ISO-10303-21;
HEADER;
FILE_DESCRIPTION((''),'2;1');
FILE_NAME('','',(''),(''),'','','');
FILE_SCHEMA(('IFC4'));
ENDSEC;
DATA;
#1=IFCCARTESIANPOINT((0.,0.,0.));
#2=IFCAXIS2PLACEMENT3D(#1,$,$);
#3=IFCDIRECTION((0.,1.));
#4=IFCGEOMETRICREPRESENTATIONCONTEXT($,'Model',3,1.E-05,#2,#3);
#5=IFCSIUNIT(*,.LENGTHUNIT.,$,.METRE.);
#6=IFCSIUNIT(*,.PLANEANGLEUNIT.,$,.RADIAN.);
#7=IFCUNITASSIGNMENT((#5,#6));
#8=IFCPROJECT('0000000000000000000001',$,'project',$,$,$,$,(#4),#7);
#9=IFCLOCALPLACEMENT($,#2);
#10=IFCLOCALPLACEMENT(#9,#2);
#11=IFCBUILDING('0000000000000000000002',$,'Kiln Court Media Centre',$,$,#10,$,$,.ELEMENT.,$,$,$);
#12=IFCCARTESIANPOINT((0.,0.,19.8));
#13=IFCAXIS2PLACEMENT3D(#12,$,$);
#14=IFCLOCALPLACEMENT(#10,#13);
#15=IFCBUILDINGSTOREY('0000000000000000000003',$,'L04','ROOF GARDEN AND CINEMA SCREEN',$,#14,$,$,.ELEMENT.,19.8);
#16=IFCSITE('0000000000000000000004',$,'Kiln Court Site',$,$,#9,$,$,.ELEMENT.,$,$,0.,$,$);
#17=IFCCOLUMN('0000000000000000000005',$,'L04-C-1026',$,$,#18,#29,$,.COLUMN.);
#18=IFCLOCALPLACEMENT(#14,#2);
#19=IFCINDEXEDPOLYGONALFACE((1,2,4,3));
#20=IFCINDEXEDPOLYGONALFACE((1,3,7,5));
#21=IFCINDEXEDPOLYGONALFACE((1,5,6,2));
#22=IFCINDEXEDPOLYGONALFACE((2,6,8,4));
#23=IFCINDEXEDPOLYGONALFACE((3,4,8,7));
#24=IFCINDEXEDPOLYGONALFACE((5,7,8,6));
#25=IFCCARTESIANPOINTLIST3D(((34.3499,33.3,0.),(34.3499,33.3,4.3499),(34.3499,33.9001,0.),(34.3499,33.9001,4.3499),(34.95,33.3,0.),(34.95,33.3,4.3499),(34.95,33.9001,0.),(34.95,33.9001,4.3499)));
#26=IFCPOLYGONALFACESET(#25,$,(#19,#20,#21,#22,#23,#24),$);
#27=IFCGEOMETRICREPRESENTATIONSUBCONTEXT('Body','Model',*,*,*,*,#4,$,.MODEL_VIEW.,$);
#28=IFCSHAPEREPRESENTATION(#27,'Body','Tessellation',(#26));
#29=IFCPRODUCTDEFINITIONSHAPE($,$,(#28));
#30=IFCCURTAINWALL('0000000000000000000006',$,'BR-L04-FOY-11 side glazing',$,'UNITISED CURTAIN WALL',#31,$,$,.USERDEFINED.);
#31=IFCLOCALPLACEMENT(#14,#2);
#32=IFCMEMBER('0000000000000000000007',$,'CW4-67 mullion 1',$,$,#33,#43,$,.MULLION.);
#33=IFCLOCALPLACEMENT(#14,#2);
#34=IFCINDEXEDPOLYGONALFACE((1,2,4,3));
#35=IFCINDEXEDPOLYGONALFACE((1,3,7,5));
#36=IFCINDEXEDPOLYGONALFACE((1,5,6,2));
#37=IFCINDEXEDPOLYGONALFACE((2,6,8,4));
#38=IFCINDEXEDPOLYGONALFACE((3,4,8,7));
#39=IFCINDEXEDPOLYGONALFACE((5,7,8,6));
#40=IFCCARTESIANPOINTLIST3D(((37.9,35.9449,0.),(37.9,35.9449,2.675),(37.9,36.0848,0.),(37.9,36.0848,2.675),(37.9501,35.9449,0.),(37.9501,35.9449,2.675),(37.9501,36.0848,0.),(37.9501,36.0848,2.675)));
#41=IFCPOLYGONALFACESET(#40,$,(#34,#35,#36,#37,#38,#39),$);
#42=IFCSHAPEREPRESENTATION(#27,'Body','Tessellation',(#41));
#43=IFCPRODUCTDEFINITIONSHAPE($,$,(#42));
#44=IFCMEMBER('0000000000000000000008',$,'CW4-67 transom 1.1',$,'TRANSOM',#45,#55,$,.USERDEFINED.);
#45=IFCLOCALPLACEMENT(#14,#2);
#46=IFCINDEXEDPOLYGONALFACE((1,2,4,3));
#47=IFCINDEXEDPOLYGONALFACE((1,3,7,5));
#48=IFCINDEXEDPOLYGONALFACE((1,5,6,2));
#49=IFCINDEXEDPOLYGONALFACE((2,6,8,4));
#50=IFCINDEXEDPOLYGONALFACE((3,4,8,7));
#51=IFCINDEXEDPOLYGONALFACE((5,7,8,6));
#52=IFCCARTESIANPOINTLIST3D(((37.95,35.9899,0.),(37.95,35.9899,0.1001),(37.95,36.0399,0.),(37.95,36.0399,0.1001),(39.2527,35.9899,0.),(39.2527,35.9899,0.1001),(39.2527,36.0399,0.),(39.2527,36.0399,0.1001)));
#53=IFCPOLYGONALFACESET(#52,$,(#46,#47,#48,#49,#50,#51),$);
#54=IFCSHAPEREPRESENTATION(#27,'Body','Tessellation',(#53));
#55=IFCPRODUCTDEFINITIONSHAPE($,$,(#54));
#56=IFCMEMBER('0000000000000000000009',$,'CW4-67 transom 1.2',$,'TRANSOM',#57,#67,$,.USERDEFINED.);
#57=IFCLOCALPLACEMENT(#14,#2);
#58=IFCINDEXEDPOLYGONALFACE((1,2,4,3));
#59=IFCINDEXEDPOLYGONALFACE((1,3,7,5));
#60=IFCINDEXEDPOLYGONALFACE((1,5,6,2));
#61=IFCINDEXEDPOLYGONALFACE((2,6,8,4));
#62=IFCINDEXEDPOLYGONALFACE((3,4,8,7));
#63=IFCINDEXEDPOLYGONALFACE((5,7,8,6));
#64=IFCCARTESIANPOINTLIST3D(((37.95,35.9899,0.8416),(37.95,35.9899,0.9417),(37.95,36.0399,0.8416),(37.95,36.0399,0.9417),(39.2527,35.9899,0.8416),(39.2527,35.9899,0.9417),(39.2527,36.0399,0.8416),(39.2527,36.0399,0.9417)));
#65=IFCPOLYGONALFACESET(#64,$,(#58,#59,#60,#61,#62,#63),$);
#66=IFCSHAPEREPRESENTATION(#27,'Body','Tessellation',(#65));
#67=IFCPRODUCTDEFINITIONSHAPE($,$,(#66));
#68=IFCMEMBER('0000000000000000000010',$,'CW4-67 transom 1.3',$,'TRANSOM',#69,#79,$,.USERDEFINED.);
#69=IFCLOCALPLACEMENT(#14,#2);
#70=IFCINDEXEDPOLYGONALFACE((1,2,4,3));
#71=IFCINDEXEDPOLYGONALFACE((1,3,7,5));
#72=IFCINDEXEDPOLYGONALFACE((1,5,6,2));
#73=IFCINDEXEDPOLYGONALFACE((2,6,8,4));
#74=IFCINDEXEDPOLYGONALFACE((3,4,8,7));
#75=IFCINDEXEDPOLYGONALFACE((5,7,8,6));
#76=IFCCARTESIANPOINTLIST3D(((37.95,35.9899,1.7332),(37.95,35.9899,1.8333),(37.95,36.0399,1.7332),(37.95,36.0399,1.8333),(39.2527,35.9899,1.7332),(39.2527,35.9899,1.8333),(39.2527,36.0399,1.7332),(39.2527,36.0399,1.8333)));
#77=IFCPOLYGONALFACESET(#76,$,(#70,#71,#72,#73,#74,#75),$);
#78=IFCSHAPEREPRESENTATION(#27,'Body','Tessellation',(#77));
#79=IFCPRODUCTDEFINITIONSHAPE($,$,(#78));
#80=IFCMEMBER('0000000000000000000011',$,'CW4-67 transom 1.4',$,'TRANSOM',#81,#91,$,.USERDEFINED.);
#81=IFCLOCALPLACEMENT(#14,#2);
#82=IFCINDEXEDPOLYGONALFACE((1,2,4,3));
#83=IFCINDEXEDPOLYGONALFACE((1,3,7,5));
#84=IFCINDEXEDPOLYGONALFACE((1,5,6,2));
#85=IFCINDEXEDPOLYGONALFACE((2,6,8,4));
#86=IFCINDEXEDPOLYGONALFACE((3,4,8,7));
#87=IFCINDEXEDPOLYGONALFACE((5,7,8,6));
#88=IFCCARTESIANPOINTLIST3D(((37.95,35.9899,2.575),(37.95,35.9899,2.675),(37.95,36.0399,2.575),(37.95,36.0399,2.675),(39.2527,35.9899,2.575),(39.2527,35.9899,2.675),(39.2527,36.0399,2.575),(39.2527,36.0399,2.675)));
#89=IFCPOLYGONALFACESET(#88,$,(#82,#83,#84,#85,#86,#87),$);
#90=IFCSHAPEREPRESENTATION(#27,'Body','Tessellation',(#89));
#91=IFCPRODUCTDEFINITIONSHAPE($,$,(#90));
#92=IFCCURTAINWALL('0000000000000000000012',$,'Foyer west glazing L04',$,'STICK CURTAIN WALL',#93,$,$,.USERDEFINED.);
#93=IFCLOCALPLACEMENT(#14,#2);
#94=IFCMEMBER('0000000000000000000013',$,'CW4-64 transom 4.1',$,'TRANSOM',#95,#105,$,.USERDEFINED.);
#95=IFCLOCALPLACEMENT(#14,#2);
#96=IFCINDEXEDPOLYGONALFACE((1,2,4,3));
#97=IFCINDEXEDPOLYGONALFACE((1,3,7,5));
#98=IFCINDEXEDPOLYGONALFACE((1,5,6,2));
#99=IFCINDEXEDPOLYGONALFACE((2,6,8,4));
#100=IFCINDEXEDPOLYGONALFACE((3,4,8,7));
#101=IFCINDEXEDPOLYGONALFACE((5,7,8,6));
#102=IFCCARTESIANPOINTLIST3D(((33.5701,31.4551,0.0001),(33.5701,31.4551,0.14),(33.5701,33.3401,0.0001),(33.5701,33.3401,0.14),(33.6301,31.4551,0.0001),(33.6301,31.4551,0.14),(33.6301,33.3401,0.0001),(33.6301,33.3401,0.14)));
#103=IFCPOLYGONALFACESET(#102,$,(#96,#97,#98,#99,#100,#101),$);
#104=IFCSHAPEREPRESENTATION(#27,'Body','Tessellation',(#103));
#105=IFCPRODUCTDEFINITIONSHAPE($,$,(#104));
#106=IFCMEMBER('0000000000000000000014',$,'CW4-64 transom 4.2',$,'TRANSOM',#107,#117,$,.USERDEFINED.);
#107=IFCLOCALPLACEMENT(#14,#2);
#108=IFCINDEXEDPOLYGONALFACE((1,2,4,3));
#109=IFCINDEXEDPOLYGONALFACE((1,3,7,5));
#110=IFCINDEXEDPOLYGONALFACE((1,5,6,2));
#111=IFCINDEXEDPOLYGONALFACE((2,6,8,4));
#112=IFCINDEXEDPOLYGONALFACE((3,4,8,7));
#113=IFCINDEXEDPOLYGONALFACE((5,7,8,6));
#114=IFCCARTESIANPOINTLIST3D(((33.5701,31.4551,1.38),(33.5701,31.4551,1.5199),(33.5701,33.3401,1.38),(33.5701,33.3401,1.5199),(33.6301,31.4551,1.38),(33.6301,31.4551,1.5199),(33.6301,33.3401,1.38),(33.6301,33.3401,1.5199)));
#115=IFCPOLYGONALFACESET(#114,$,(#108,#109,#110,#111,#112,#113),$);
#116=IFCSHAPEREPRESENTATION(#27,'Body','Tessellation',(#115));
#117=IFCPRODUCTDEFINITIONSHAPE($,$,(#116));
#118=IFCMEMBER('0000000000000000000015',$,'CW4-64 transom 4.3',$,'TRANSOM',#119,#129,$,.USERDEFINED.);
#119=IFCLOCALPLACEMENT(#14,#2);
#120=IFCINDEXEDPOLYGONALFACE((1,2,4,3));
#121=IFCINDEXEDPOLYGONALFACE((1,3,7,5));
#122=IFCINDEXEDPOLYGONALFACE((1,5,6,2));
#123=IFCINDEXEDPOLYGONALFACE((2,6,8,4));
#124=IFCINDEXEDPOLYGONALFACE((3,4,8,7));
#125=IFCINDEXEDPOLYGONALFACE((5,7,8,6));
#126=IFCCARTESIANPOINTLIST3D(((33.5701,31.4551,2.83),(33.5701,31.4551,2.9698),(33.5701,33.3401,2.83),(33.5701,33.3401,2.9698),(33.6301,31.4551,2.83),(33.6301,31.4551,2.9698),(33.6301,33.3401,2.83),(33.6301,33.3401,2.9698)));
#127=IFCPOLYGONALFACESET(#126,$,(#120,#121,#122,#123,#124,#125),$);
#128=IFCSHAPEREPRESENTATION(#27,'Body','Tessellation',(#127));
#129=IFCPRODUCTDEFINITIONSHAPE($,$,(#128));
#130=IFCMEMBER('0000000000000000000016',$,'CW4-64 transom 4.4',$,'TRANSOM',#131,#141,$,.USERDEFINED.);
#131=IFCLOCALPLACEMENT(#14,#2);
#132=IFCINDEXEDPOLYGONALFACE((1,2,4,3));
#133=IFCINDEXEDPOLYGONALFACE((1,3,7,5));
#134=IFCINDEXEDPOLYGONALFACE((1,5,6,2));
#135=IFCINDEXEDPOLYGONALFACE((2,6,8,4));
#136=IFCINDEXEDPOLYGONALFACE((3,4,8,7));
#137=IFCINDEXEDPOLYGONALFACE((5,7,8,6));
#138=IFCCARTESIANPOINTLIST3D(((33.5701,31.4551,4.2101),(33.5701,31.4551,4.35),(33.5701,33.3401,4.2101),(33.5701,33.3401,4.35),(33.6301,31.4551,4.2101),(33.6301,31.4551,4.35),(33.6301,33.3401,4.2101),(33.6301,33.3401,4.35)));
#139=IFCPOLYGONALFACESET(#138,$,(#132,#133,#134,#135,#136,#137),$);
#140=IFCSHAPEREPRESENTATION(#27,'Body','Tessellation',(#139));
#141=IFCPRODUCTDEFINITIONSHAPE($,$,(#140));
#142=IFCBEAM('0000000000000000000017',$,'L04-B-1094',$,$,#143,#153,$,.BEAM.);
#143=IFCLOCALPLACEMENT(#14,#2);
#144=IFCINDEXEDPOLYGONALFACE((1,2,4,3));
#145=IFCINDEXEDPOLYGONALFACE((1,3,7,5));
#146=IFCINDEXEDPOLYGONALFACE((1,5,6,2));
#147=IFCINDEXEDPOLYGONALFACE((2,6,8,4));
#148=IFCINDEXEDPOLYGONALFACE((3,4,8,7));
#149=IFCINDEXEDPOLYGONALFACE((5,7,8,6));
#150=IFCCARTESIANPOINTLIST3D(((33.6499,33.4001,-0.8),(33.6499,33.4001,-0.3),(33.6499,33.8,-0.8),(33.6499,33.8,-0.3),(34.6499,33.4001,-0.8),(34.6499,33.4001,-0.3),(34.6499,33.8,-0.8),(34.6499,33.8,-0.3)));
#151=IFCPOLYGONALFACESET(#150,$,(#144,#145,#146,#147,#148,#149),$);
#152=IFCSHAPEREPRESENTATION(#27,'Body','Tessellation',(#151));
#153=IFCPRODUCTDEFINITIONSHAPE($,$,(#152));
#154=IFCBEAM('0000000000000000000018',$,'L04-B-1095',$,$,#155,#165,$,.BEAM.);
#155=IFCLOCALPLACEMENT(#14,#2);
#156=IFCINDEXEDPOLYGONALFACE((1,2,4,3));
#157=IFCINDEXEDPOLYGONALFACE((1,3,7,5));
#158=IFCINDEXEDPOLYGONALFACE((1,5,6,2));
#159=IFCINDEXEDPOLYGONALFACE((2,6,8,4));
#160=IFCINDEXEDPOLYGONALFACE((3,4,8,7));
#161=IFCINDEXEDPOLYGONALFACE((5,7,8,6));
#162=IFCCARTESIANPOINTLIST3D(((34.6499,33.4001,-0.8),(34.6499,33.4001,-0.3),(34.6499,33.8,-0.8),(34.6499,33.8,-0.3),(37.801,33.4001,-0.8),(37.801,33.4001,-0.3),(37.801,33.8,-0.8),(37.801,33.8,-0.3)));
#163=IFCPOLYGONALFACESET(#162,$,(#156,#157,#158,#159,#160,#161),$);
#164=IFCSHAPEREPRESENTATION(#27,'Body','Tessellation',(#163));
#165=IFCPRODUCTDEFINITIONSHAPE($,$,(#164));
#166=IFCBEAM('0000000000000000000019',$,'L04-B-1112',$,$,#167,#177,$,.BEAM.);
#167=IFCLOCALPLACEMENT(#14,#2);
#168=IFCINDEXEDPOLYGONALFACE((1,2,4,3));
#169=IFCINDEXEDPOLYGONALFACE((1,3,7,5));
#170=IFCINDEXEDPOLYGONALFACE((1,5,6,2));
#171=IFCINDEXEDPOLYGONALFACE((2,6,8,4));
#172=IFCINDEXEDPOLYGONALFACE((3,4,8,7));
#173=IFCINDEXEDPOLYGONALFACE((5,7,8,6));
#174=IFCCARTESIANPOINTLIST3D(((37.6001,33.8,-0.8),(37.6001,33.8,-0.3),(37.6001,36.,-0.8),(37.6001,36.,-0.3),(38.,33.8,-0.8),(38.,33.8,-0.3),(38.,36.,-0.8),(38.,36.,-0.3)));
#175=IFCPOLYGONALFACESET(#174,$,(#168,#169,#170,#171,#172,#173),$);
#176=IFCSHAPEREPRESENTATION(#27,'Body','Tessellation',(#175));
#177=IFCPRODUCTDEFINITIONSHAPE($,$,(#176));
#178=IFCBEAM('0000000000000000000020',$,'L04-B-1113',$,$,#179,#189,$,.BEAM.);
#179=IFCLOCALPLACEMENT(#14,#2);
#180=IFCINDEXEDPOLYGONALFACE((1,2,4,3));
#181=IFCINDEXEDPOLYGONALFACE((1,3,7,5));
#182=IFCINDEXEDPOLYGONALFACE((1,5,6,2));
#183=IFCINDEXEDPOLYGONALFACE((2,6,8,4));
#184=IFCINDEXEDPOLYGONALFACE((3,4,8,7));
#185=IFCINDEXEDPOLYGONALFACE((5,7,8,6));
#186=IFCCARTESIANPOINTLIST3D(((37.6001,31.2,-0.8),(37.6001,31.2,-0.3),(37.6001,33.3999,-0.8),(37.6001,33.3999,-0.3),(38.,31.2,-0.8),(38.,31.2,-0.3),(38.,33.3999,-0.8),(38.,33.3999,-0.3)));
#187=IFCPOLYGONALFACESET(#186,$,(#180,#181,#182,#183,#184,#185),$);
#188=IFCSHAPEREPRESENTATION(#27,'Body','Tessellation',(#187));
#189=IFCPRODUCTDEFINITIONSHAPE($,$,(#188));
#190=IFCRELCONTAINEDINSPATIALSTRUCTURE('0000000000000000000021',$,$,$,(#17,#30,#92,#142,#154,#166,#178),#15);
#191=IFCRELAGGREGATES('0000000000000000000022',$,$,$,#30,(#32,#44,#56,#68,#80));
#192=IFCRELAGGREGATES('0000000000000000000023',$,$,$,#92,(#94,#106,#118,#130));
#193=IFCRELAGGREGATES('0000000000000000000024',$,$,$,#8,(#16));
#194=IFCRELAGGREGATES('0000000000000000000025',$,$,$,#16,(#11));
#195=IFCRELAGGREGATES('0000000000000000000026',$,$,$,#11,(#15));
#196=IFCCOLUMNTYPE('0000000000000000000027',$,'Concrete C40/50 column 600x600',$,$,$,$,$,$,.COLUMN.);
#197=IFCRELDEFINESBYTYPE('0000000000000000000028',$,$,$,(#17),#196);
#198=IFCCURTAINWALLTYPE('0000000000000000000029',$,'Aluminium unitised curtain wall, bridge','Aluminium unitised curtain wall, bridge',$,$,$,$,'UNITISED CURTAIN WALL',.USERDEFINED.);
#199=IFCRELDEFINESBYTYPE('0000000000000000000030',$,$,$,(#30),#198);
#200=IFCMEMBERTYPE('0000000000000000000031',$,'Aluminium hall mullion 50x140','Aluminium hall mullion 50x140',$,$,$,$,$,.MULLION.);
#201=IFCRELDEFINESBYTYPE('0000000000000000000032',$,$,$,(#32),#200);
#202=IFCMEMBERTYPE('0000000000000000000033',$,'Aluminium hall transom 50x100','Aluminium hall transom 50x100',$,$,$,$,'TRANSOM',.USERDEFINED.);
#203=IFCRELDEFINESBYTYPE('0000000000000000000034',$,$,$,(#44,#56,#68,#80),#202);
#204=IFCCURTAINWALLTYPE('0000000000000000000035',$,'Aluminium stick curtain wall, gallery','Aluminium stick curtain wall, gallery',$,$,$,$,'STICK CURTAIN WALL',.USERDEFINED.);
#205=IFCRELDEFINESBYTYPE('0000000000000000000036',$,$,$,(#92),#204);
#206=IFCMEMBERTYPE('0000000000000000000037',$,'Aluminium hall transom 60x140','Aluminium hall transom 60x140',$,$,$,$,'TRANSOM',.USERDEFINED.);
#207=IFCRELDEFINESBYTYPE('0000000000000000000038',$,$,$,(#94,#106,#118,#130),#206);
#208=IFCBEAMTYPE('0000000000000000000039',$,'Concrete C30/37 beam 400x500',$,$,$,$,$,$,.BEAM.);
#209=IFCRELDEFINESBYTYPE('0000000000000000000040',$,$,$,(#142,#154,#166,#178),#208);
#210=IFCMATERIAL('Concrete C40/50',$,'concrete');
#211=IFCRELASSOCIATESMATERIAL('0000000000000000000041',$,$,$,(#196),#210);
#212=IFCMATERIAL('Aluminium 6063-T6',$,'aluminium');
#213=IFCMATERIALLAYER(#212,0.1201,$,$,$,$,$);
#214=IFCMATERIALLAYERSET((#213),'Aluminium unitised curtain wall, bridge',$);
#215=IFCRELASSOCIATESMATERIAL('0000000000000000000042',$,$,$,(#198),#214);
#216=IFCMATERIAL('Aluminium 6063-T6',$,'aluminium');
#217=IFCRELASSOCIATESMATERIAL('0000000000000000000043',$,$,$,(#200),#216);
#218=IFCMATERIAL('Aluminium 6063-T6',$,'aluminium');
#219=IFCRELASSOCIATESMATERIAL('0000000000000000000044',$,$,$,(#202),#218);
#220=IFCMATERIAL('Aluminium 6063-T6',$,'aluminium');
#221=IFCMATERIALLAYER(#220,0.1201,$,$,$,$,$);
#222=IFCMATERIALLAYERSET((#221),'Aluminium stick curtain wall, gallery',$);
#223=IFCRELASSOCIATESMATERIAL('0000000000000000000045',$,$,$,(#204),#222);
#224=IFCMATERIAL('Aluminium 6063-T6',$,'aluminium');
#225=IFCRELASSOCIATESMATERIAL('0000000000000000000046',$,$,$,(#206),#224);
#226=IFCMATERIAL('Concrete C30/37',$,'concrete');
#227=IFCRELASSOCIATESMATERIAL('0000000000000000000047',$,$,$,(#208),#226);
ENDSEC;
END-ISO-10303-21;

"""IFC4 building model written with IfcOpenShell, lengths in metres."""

from ifc_helpers import new_model, si_unit, direction, frame, origin, origin_2d, place, context, subcontext, project, spatial, rectangle, extrude, material, layer, layer_set, material_profile, profile_set, type_object, element, aggregate, save


model = new_model("IFC4")

# Units and contexts
model_context = context("Model", 3, precision=1e-05, world=origin(), true_north=direction((0.0, 1.0)))
body_context = subcontext(model_context, "Body", "Model", "MODEL_VIEW")
ifc_project = project(units=[si_unit("LENGTHUNIT", "METRE"), si_unit("PLANEANGLEUNIT", "RADIAN")], contexts=[model_context])

# Site, building, storey
site_placement = place(None, origin())
site = spatial("IfcSite", under=ifc_project, at=site_placement, Name="Kiln Court Site", CompositionType="ELEMENT", RefElevation=0.0)
building_placement = place(site_placement, origin())
building = spatial("IfcBuilding", under=site, at=building_placement, Name="Kiln Court Media Centre", CompositionType="ELEMENT")
storey_placement = place(building_placement, frame((0.0, 0.0, 19.8)))
storey = spatial("IfcBuildingStorey", under=building, at=storey_placement, Name="L04", Description="ROOF GARDEN AND CINEMA SCREEN", CompositionType="ELEMENT", Elevation=19.8)

# Column
ifc_material_1 = material(Name="Concrete C40/50", Category="concrete")
ifc_material_profile_1 = material_profile(ifc_material_1, rectangle(XDim=0.6001, YDim=0.6001, at=origin_2d()), Name="RC 600x600")
ifc_profile_set_1 = profile_set([ifc_material_profile_1], Name="Concrete C40/50")
column_type = type_object("IfcColumnType", Name="Concrete C40/50 column 600x600", PredefinedType="COLUMN", material=ifc_profile_set_1)
column_placement = place(storey_placement, frame((34.6499, 33.6001, 0.0), z_axis=(0.0, 0.0, 1.0), x_axis=(1.0, 0.0, 0.0)))
element("IfcColumn", 1, at=column_placement, inside=storey, type_object=column_type, Name="L04-C-1026", PredefinedType="COLUMN", context=body_context, shape_type="SweptSolid", body=[
    extrude(rectangle(XDim=0.6001, YDim=0.6001, at=origin_2d()), origin(), (0.0, 0.0, 1.0), 4.3499),
])

# Curtain walls, members
ifc_material_2 = material(Name="Aluminium 6063-T6", Category="aluminium")
ifc_layer_1 = layer(ifc_material_2, 0.1201)
ifc_layer_set_1 = layer_set([ifc_layer_1], Name="Aluminium unitised curtain wall, bridge")
curtain_wall_type_1 = type_object("IfcCurtainWallType", Name="Aluminium unitised curtain wall, bridge", Description="Aluminium unitised curtain wall, bridge", ElementType="UNITISED CURTAIN WALL", PredefinedType="USERDEFINED", material=ifc_layer_set_1)
curtain_wall_1_placement = place(storey_placement, origin())
curtain_wall_1 = element("IfcCurtainWall", 2, at=curtain_wall_1_placement, inside=storey, type_object=curtain_wall_type_1, Name="BR-L04-FOY-11 side glazing", ObjectType="UNITISED CURTAIN WALL", PredefinedType="USERDEFINED")
ifc_material_3 = material(Name="Aluminium 6063-T6", Category="aluminium")
ifc_material_profile_2 = material_profile(ifc_material_3, rectangle(XDim=0.05, YDim=0.1399, at=origin_2d()), Name="Aluminium hall mullion 50x140")
ifc_profile_set_2 = profile_set([ifc_material_profile_2], Name="Aluminium 6063-T6")
member_type_1 = type_object("IfcMemberType", Name="Aluminium hall mullion 50x140", Description="Aluminium hall mullion 50x140", PredefinedType="MULLION", material=ifc_profile_set_2)
member_1_placement = place(storey_placement, frame((37.925, 36.0149, 0.0), z_axis=(0.0, 0.0, 1.0), x_axis=(1.0, 0.0, 0.0)))
member_1 = element("IfcMember", 3, at=member_1_placement, type_object=member_type_1, Name="CW4-67 mullion 1", PredefinedType="MULLION", context=body_context, shape_type="SweptSolid", body=[
    extrude(rectangle(XDim=0.05, YDim=0.1399, at=origin_2d()), origin(), (0.0, 0.0, 1.0), 2.675),
])
ifc_material_4 = material(Name="Aluminium 6063-T6", Category="aluminium")
ifc_material_profile_3 = material_profile(ifc_material_4, rectangle(XDim=0.05, YDim=0.1001, at=origin_2d()), Name="Aluminium hall transom 50x100")
ifc_profile_set_3 = profile_set([ifc_material_profile_3], Name="Aluminium 6063-T6")
member_type_2 = type_object("IfcMemberType", Name="Aluminium hall transom 50x100", Description="Aluminium hall transom 50x100", ElementType="TRANSOM", PredefinedType="USERDEFINED", material=ifc_profile_set_3)
member_2_placement = place(storey_placement, frame((37.95, 36.0149, 0.05), z_axis=(1.0, 0.0, 0.0), x_axis=(0.0, 1.0, 0.0)))
member_2 = element("IfcMember", 4, at=member_2_placement, type_object=member_type_2, Name="CW4-67 transom 1.1", ObjectType="TRANSOM", PredefinedType="USERDEFINED", context=body_context, shape_type="SweptSolid", body=[
    extrude(rectangle(XDim=0.05, YDim=0.1001, at=origin_2d()), origin(), (0.0, 0.0, 1.0), 1.3027),
])
member_3_placement = place(storey_placement, frame((37.95, 36.0149, 0.8916), z_axis=(1.0, 0.0, 0.0), x_axis=(0.0, 1.0, 0.0)))
member_3 = element("IfcMember", 5, at=member_3_placement, type_object=member_type_2, Name="CW4-67 transom 1.2", ObjectType="TRANSOM", PredefinedType="USERDEFINED", context=body_context, shape_type="SweptSolid", body=[
    extrude(rectangle(XDim=0.05, YDim=0.1001, at=origin_2d()), origin(), (0.0, 0.0, 1.0), 1.3027),
])
member_4_placement = place(storey_placement, frame((37.95, 36.0149, 1.7832), z_axis=(1.0, 0.0, 0.0), x_axis=(0.0, 1.0, 0.0)))
member_4 = element("IfcMember", 6, at=member_4_placement, type_object=member_type_2, Name="CW4-67 transom 1.3", ObjectType="TRANSOM", PredefinedType="USERDEFINED", context=body_context, shape_type="SweptSolid", body=[
    extrude(rectangle(XDim=0.05, YDim=0.1001, at=origin_2d()), origin(), (0.0, 0.0, 1.0), 1.3027),
])
member_5_placement = place(storey_placement, frame((37.95, 36.0149, 2.625), z_axis=(1.0, 0.0, 0.0), x_axis=(0.0, 1.0, 0.0)))
member_5 = element("IfcMember", 7, at=member_5_placement, type_object=member_type_2, Name="CW4-67 transom 1.4", ObjectType="TRANSOM", PredefinedType="USERDEFINED", context=body_context, shape_type="SweptSolid", body=[
    extrude(rectangle(XDim=0.05, YDim=0.1001, at=origin_2d()), origin(), (0.0, 0.0, 1.0), 1.3027),
])
aggregate(curtain_wall_1, [member_1, member_2, member_3, member_4, member_5])
ifc_material_5 = material(Name="Aluminium 6063-T6", Category="aluminium")
ifc_layer_2 = layer(ifc_material_5, 0.1201)
ifc_layer_set_2 = layer_set([ifc_layer_2], Name="Aluminium stick curtain wall, gallery")
curtain_wall_type_2 = type_object("IfcCurtainWallType", Name="Aluminium stick curtain wall, gallery", Description="Aluminium stick curtain wall, gallery", ElementType="STICK CURTAIN WALL", PredefinedType="USERDEFINED", material=ifc_layer_set_2)
curtain_wall_2_placement = place(storey_placement, origin())
curtain_wall_2 = element("IfcCurtainWall", 8, at=curtain_wall_2_placement, inside=storey, type_object=curtain_wall_type_2, Name="Foyer west glazing L04", ObjectType="STICK CURTAIN WALL", PredefinedType="USERDEFINED")
ifc_material_6 = material(Name="Aluminium 6063-T6", Category="aluminium")
ifc_material_profile_4 = material_profile(ifc_material_6, rectangle(XDim=0.0601, YDim=0.1399, at=origin_2d()), Name="Aluminium hall transom 60x140")
ifc_profile_set_4 = profile_set([ifc_material_profile_4], Name="Aluminium 6063-T6")
member_type_3 = type_object("IfcMemberType", Name="Aluminium hall transom 60x140", Description="Aluminium hall transom 60x140", ElementType="TRANSOM", PredefinedType="USERDEFINED", material=ifc_profile_set_4)
member_6_placement = place(storey_placement, frame((33.6001, 31.4551, 0.0701), z_axis=(0.0, 1.0, 0.0), x_axis=(-1.0, 0.0, 0.0)))
member_6 = element("IfcMember", 9, at=member_6_placement, type_object=member_type_3, Name="CW4-64 transom 4.1", ObjectType="TRANSOM", PredefinedType="USERDEFINED", context=body_context, shape_type="SweptSolid", body=[
    extrude(rectangle(XDim=0.0601, YDim=0.1399, at=origin_2d()), origin(), (0.0, 0.0, 1.0), 1.885),
])
member_7_placement = place(storey_placement, frame((33.6001, 31.4551, 1.45), z_axis=(0.0, 1.0, 0.0), x_axis=(-1.0, 0.0, 0.0)))
member_7 = element("IfcMember", 10, at=member_7_placement, type_object=member_type_3, Name="CW4-64 transom 4.2", ObjectType="TRANSOM", PredefinedType="USERDEFINED", context=body_context, shape_type="SweptSolid", body=[
    extrude(rectangle(XDim=0.0601, YDim=0.1399, at=origin_2d()), origin(), (0.0, 0.0, 1.0), 1.885),
])
member_8_placement = place(storey_placement, frame((33.6001, 31.4551, 2.8999), z_axis=(0.0, 1.0, 0.0), x_axis=(-1.0, 0.0, 0.0)))
member_8 = element("IfcMember", 11, at=member_8_placement, type_object=member_type_3, Name="CW4-64 transom 4.3", ObjectType="TRANSOM", PredefinedType="USERDEFINED", context=body_context, shape_type="SweptSolid", body=[
    extrude(rectangle(XDim=0.0601, YDim=0.1399, at=origin_2d()), origin(), (0.0, 0.0, 1.0), 1.885),
])
member_9_placement = place(storey_placement, frame((33.6001, 31.4551, 4.28), z_axis=(0.0, 1.0, 0.0), x_axis=(-1.0, 0.0, 0.0)))
member_9 = element("IfcMember", 12, at=member_9_placement, type_object=member_type_3, Name="CW4-64 transom 4.4", ObjectType="TRANSOM", PredefinedType="USERDEFINED", context=body_context, shape_type="SweptSolid", body=[
    extrude(rectangle(XDim=0.0601, YDim=0.1399, at=origin_2d()), origin(), (0.0, 0.0, 1.0), 1.885),
])

# Beams
ifc_material_7 = material(Name="Concrete C30/37", Category="concrete")
ifc_material_profile_5 = material_profile(ifc_material_7, rectangle(XDim=0.3999, YDim=0.5, at=origin_2d()), Name="RC 400x500")
ifc_profile_set_5 = profile_set([ifc_material_profile_5], Name="Concrete C30/37")
beam_type_1 = type_object("IfcBeamType", Name="Concrete C30/37 beam 400x500", PredefinedType="BEAM", material=ifc_profile_set_5)
beam_1_placement = place(storey_placement, frame((33.6499, 33.6001, -0.55), z_axis=(1.0, 0.0, 0.0), x_axis=(0.0, 1.0, 0.0)))
element("IfcBeam", 13, at=beam_1_placement, inside=storey, type_object=beam_type_1, Name="L04-B-1094", PredefinedType="BEAM", context=body_context, shape_type="SweptSolid", body=[
    extrude(rectangle(XDim=0.3999, YDim=0.5, at=origin_2d()), origin(), (0.0, 0.0, 1.0), 1.0),
])
beam_2_placement = place(storey_placement, frame((34.6499, 33.6001, -0.55), z_axis=(1.0, 0.0, 0.0), x_axis=(0.0, 1.0, 0.0)))
element("IfcBeam", 14, at=beam_2_placement, inside=storey, type_object=beam_type_1, Name="L04-B-1095", PredefinedType="BEAM", context=body_context, shape_type="SweptSolid", body=[
    extrude(rectangle(XDim=0.3999, YDim=0.5, at=origin_2d()), origin(), (0.0, 0.0, 1.0), 3.1511),
])
for number, where, z_axis, x_axis, name in (
    (15, (37.8, 36.0, -0.55), (0.0, -1.0, 0.0), (1.0, 0.0, 0.0), "L04-B-1112"),
    (16, (37.8, 33.3999, -0.55), (0.0, -1.0, 0.0), (1.0, 0.0, 0.0), "L04-B-1113"),
):
    element("IfcBeam", number, at=place(storey_placement, frame(where, z_axis=z_axis, x_axis=x_axis)), inside=storey, type_object=beam_type_1, Name=name, PredefinedType="BEAM", context=body_context, shape_type="SweptSolid", body=[
        extrude(rectangle(XDim=0.3999, YDim=0.5, at=origin_2d()), origin(), (0.0, 0.0, 1.0), 2.2),
    ])

aggregate(curtain_wall_2, [member_6, member_7, member_8, member_9])

save(model, "model.ifc")
